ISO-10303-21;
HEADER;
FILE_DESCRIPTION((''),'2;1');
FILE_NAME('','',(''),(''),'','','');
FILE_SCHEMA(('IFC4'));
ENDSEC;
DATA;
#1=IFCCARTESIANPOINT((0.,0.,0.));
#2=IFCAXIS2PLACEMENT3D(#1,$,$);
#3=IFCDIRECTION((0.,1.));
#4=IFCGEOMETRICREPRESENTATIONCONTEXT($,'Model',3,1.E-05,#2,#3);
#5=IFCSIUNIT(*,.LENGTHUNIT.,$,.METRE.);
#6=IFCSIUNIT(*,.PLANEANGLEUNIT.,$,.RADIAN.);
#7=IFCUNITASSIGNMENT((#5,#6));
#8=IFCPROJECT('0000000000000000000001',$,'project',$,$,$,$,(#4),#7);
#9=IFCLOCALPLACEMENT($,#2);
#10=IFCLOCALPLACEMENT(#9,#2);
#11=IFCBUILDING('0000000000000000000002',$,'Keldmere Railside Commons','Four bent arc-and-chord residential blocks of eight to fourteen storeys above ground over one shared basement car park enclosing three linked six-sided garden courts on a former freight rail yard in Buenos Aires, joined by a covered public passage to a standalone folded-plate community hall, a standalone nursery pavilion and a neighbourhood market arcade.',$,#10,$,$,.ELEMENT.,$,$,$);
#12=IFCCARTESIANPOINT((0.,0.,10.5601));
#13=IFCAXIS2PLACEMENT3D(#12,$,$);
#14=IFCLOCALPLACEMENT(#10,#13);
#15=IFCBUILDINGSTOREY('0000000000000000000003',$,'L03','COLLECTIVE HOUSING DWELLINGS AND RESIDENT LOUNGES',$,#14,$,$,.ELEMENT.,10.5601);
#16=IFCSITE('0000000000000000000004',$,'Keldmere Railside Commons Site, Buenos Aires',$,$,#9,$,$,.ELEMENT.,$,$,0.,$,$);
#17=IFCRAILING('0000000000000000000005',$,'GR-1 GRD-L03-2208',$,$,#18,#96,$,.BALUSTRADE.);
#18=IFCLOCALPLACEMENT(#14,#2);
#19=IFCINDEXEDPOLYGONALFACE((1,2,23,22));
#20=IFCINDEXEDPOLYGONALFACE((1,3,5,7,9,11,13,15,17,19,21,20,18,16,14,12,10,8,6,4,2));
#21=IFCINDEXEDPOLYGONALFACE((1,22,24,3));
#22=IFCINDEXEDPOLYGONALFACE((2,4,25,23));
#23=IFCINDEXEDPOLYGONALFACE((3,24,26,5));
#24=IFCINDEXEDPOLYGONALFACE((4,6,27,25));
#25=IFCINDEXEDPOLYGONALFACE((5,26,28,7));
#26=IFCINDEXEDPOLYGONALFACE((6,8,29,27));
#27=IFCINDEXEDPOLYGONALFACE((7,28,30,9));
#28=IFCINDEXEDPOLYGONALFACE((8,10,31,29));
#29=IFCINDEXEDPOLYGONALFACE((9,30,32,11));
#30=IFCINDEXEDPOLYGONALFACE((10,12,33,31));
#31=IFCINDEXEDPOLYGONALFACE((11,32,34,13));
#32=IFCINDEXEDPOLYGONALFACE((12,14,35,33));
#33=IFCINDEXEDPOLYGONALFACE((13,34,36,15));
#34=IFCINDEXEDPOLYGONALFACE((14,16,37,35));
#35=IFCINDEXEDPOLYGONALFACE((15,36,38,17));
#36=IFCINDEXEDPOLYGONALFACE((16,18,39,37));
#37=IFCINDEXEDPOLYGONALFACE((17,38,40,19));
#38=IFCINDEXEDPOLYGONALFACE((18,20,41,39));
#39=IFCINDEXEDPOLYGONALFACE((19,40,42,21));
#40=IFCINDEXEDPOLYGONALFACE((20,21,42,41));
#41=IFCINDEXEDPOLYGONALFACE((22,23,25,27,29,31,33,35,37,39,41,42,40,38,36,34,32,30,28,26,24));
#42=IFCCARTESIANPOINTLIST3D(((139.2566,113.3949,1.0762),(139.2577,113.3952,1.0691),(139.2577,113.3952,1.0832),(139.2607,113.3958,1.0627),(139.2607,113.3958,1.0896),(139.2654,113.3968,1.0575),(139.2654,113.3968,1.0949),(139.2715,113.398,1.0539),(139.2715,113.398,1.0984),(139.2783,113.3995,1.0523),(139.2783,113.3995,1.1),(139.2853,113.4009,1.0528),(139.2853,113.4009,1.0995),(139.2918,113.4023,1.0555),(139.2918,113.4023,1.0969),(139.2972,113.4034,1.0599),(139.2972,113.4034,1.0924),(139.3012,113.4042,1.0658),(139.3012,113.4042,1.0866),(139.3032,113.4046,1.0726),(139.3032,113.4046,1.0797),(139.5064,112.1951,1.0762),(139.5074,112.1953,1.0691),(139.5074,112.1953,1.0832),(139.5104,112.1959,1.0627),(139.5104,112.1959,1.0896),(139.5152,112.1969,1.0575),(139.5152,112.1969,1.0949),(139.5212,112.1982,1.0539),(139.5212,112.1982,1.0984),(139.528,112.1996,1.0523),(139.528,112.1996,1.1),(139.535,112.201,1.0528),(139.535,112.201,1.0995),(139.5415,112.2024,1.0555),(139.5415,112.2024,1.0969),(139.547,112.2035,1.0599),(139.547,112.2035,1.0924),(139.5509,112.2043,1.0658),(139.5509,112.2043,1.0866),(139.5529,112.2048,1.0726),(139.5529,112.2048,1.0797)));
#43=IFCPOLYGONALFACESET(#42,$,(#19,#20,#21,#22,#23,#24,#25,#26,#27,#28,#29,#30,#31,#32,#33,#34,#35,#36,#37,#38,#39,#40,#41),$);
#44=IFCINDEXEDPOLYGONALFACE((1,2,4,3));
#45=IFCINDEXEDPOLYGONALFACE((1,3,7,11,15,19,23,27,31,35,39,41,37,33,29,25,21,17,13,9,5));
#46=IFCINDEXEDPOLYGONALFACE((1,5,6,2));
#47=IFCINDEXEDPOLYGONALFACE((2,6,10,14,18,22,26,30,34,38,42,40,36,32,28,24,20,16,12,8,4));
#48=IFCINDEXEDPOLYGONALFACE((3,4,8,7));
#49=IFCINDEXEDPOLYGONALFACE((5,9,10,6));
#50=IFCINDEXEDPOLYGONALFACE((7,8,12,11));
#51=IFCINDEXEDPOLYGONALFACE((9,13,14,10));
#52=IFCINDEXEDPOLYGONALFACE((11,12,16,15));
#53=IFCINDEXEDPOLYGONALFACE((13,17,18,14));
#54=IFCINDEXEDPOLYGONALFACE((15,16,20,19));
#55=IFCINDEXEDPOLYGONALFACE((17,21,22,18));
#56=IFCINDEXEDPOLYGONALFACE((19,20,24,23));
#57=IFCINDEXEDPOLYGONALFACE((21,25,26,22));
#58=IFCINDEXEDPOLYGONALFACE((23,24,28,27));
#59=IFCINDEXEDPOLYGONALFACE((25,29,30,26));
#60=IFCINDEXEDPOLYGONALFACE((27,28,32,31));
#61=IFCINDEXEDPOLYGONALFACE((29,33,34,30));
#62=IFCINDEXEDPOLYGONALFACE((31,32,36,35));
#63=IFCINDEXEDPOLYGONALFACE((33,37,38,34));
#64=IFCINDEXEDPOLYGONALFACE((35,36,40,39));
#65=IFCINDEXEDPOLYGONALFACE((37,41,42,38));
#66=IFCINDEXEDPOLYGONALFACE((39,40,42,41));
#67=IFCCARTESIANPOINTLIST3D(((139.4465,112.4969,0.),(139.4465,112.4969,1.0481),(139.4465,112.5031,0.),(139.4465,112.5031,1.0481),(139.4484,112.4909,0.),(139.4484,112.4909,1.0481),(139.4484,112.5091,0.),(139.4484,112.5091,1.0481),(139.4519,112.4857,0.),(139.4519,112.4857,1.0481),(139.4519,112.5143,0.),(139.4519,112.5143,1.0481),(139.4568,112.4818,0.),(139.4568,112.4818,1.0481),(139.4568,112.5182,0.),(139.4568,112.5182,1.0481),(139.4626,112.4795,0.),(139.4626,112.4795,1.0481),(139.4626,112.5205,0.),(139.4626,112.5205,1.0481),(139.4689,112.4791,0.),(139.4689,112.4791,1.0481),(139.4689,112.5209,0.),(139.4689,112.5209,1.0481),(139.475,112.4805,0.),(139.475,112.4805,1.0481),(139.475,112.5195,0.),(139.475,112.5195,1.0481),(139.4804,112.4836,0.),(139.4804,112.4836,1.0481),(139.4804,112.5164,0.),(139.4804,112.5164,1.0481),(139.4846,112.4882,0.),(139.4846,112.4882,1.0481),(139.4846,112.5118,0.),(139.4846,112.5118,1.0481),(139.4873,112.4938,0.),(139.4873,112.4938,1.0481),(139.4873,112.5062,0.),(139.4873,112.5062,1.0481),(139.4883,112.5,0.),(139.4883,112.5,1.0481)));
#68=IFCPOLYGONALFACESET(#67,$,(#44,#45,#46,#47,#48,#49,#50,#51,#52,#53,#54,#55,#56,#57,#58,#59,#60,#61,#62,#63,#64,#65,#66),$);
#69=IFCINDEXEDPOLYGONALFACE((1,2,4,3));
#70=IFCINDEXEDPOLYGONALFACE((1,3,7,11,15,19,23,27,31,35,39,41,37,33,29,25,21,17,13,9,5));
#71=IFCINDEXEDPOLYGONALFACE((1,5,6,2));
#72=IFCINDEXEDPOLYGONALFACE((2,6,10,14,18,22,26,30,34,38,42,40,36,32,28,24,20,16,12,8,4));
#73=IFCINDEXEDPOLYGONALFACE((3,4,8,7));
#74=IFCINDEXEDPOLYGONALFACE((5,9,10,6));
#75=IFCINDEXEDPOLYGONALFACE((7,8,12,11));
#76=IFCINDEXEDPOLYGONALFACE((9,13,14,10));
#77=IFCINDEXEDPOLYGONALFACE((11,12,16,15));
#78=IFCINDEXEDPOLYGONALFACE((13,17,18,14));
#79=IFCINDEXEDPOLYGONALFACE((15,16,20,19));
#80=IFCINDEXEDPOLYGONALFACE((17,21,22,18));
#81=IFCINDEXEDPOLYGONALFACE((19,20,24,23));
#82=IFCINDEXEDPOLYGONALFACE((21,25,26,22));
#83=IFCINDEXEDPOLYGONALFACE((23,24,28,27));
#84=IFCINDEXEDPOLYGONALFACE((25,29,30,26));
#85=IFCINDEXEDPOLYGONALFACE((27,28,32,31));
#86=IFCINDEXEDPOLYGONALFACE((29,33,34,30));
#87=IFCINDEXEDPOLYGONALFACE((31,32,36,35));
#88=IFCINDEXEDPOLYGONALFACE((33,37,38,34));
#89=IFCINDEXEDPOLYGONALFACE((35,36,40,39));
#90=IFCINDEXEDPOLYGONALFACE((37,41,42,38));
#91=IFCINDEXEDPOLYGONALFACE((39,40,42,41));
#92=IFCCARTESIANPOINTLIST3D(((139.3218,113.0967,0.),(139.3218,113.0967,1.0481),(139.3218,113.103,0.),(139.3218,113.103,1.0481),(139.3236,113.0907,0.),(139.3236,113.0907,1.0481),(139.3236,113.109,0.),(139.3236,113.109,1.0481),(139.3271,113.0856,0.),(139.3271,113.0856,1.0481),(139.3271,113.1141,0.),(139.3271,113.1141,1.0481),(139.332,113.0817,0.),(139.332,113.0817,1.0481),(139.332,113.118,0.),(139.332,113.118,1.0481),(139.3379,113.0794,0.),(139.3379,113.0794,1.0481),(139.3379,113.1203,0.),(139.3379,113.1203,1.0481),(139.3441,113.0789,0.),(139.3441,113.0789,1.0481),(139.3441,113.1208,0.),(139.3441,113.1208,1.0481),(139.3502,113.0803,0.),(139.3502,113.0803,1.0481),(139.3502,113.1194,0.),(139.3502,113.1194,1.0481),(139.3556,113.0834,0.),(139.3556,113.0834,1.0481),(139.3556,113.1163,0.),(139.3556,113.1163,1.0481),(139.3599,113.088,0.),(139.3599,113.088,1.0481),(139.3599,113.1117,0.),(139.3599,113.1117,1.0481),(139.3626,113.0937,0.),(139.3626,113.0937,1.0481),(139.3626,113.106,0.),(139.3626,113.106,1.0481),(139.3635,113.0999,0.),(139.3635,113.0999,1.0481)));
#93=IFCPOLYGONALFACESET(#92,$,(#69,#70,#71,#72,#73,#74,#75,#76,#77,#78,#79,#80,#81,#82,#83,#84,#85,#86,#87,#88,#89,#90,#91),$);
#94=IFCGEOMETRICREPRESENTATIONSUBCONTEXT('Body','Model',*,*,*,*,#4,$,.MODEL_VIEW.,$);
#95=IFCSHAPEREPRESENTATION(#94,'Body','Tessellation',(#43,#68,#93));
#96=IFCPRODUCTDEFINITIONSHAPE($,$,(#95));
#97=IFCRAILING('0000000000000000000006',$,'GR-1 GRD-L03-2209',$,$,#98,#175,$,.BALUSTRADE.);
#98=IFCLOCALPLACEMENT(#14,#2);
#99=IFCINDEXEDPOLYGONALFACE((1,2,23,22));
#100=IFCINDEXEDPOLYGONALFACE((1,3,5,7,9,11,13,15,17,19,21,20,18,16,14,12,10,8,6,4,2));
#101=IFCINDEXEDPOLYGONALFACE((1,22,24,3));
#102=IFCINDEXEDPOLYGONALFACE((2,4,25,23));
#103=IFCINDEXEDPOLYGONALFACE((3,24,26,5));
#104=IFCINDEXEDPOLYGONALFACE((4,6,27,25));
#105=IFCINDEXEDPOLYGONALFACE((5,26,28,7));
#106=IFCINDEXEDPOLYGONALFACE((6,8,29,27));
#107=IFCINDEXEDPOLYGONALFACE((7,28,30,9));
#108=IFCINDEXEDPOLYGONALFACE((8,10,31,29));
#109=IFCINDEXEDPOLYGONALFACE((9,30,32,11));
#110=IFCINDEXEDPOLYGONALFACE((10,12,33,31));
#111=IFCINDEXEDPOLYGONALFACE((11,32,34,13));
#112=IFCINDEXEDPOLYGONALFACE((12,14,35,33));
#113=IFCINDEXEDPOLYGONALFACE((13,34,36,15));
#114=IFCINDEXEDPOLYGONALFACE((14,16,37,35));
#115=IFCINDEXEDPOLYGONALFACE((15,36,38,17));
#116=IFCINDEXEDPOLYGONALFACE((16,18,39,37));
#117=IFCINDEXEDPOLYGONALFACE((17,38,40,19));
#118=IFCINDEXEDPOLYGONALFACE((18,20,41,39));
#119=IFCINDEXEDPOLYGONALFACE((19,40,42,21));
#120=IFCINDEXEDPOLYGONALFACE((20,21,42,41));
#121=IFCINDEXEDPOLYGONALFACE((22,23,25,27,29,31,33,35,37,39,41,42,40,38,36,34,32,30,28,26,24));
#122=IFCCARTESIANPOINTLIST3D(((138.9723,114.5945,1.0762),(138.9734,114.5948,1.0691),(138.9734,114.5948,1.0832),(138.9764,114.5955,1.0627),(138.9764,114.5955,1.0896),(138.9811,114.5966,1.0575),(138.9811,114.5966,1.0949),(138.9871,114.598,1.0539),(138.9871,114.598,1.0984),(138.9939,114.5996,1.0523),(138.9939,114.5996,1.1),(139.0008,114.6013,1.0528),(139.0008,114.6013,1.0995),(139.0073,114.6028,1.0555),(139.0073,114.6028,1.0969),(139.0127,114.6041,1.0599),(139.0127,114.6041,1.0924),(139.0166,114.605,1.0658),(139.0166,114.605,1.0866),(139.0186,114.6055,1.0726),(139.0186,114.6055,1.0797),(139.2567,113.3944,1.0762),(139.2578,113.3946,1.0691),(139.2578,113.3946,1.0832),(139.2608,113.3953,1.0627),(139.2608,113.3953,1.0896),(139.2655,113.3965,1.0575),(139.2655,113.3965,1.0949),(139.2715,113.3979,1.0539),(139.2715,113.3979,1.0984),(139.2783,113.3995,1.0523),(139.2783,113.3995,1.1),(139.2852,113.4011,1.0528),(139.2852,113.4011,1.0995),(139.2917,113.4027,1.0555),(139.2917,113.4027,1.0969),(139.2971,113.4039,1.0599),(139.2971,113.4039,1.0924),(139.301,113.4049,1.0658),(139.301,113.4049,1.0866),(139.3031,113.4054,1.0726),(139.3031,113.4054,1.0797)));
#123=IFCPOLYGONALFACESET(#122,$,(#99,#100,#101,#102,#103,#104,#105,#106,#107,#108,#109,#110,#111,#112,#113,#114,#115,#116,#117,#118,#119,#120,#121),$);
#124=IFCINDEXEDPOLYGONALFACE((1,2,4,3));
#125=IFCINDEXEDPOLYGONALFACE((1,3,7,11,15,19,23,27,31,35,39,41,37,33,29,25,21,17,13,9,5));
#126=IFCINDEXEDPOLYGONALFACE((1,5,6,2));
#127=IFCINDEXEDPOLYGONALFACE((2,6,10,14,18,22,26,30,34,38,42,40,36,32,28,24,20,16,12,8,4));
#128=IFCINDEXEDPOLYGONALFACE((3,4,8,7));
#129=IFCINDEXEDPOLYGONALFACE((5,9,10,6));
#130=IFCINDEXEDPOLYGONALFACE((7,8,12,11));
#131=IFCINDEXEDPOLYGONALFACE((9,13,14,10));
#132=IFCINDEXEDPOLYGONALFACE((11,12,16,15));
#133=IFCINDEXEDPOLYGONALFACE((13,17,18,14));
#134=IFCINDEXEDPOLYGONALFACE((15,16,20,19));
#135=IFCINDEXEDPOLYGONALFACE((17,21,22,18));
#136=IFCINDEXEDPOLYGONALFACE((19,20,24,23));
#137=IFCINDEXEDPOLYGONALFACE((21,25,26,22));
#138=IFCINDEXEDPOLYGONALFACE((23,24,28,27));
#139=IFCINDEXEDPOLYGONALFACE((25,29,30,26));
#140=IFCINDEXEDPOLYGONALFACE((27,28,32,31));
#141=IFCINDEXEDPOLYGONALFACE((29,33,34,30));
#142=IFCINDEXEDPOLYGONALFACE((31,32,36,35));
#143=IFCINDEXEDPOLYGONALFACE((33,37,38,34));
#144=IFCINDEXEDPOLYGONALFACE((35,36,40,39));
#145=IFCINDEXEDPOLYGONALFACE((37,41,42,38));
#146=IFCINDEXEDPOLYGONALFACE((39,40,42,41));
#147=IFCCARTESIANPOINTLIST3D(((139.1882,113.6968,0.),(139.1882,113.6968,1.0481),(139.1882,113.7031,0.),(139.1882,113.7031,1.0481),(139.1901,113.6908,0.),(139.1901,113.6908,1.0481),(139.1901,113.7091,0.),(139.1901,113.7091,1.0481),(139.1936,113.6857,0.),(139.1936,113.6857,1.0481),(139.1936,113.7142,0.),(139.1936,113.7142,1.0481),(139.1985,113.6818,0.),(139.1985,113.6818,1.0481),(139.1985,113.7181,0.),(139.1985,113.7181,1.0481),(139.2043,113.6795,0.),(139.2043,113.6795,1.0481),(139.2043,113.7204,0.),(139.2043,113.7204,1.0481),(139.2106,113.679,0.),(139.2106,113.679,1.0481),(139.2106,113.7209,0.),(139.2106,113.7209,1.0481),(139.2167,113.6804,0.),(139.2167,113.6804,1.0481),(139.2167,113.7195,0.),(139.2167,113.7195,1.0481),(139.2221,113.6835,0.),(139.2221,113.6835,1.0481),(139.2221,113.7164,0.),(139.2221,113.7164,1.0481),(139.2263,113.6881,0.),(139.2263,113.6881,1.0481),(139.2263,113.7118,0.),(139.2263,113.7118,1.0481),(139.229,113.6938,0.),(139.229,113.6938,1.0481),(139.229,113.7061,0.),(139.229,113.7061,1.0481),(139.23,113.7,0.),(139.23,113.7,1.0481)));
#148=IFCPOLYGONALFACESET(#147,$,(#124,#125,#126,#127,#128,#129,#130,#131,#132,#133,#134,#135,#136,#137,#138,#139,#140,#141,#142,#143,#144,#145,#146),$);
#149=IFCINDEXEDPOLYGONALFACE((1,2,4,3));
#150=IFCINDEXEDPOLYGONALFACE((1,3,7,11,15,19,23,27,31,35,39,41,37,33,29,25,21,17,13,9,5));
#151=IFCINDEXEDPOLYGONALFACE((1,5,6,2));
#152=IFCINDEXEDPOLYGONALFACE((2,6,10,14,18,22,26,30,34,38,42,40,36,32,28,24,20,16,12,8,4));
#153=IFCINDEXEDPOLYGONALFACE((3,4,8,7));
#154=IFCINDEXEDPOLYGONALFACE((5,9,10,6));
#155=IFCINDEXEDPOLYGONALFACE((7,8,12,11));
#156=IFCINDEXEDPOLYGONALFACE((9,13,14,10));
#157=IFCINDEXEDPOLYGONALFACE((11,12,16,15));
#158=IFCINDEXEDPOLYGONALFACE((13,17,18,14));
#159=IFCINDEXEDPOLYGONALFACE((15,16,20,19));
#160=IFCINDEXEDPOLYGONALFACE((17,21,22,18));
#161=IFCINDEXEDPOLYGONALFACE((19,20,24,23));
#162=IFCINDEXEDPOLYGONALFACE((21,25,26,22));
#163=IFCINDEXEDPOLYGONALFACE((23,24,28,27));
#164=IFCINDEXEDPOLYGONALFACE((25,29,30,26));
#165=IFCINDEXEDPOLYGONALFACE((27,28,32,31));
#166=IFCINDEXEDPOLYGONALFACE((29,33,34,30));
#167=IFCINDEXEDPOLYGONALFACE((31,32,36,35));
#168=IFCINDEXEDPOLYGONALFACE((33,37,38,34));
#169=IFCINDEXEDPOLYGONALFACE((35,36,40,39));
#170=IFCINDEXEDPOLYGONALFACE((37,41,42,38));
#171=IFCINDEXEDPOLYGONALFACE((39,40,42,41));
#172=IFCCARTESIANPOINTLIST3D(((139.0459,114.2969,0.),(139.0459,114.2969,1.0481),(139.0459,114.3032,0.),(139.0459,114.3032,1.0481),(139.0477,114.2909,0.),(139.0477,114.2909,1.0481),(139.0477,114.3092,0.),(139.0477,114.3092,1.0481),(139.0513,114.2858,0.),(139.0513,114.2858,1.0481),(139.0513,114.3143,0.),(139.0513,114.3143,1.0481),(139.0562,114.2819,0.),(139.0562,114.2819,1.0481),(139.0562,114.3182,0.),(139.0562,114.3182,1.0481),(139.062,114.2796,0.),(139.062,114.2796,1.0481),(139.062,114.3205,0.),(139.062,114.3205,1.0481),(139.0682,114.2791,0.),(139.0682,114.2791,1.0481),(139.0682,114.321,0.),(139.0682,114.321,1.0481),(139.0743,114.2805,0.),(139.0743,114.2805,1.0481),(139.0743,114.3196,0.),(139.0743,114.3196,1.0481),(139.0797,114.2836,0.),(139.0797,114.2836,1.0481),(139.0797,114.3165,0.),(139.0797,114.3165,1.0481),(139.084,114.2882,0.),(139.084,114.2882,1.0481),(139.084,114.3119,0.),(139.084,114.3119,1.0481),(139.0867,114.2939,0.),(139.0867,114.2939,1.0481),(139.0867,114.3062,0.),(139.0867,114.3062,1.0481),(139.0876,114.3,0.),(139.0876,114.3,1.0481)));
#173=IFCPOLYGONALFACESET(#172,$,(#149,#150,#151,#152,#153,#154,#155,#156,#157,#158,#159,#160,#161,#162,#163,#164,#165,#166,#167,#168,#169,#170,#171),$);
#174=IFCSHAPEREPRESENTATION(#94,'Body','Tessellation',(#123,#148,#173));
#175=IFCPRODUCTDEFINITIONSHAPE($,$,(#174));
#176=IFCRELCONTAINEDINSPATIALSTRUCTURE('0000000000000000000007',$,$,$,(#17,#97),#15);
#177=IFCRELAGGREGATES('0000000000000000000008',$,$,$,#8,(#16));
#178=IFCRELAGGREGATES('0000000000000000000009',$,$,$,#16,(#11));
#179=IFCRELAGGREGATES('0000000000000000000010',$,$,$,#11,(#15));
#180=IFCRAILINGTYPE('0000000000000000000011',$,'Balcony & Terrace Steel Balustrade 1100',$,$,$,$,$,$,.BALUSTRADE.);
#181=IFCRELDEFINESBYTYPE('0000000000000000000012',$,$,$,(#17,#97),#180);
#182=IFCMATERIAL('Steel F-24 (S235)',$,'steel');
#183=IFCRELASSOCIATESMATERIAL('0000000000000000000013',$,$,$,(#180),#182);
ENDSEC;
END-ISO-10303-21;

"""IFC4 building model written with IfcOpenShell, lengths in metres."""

from ifc_helpers import new_model, si_unit, direction, frame, origin, origin_2d, place, context, subcontext, project, spatial, circle, extrude, material, type_object, element, save


model = new_model("IFC4")

# Units and contexts
model_context = context("Model", 3, precision=1e-05, world=origin(), true_north=direction((0.0, 1.0)))
body_context = subcontext(model_context, "Body", "Model", "MODEL_VIEW")
ifc_project = project(units=[si_unit("LENGTHUNIT", "METRE"), si_unit("PLANEANGLEUNIT", "RADIAN")], contexts=[model_context])

# Site, building, storey
site_placement = place(None, origin())
site = spatial("IfcSite", under=ifc_project, at=site_placement, Name="Keldmere Railside Commons Site, Buenos Aires", CompositionType="ELEMENT", RefElevation=0.0)
building_placement = place(site_placement, origin())
building = spatial("IfcBuilding", under=site, at=building_placement, Name="Keldmere Railside Commons", Description="Four bent arc-and-chord residential blocks of eight to fourteen storeys above ground over one shared basement car park enclosing three linked six-sided garden courts on a former freight rail yard in Buenos Aires, joined by a covered public passage to a standalone folded-plate community hall, a standalone nursery pavilion and a neighbourhood market arcade.", CompositionType="ELEMENT")
storey_placement = place(building_placement, frame((0.0, 0.0, 10.5601)))
storey = spatial("IfcBuildingStorey", under=building, at=storey_placement, Name="L03", Description="COLLECTIVE HOUSING DWELLINGS AND RESIDENT LOUNGES", CompositionType="ELEMENT", Elevation=10.5601)

# Railings
ifc_material_1 = material(Name="Steel F-24 (S235)", Category="steel")
railing_type = type_object("IfcRailingType", Name="Balcony & Terrace Steel Balustrade 1100", PredefinedType="BALUSTRADE", material=ifc_material_1)
railing_1_placement = place(storey_placement, frame((139.5298, 112.2, 0.0)))
element("IfcRailing", 1, at=railing_1_placement, inside=storey, type_object=railing_type, Name="GR-1 GRD-L03-2208", PredefinedType="BALUSTRADE", context=body_context, shape_type="SweptSolid", body=[
    extrude(circle(Radius=0.0239, at=origin_2d()), frame((0.0, 0.0, 1.0762), z_axis=(-0.203771, 0.979019, 0.0), x_axis=(-0.979019, -0.203771, 0.0)), (0.0, 0.0, 1.0), 1.2256),
    extrude(circle(Radius=0.021, at=origin_2d()), frame((-0.0625, 0.3, 0.0)), (0.0, 0.0, 1.0), 1.0481),
    extrude(circle(Radius=0.021, at=origin_2d()), frame((-0.1873, 0.8999, 0.0)), (0.0, 0.0, 1.0), 1.0481),
])
railing_2_placement = place(storey_placement, frame((139.28, 113.3999, 0.0)))
element("IfcRailing", 2, at=railing_2_placement, inside=storey, type_object=railing_type, Name="GR-1 GRD-L03-2209", PredefinedType="BALUSTRADE", context=body_context, shape_type="SweptSolid", body=[
    extrude(circle(Radius=0.0239, at=origin_2d()), frame((0.0, 0.0, 1.0762), z_axis=(-0.230595, 0.97305, 0.0), x_axis=(-0.97305, -0.230595, 0.0)), (0.0, 0.0, 1.0), 1.2334),
    extrude(circle(Radius=0.021, at=origin_2d()), frame((-0.071, 0.3, 0.0)), (0.0, 0.0, 1.0), 1.0481),
    extrude(circle(Radius=0.021, at=origin_2d()), frame((-0.2134, 0.9001, 0.0)), (0.0, 0.0, 1.0), 1.0481),
])

save(model, "model.ifc")
